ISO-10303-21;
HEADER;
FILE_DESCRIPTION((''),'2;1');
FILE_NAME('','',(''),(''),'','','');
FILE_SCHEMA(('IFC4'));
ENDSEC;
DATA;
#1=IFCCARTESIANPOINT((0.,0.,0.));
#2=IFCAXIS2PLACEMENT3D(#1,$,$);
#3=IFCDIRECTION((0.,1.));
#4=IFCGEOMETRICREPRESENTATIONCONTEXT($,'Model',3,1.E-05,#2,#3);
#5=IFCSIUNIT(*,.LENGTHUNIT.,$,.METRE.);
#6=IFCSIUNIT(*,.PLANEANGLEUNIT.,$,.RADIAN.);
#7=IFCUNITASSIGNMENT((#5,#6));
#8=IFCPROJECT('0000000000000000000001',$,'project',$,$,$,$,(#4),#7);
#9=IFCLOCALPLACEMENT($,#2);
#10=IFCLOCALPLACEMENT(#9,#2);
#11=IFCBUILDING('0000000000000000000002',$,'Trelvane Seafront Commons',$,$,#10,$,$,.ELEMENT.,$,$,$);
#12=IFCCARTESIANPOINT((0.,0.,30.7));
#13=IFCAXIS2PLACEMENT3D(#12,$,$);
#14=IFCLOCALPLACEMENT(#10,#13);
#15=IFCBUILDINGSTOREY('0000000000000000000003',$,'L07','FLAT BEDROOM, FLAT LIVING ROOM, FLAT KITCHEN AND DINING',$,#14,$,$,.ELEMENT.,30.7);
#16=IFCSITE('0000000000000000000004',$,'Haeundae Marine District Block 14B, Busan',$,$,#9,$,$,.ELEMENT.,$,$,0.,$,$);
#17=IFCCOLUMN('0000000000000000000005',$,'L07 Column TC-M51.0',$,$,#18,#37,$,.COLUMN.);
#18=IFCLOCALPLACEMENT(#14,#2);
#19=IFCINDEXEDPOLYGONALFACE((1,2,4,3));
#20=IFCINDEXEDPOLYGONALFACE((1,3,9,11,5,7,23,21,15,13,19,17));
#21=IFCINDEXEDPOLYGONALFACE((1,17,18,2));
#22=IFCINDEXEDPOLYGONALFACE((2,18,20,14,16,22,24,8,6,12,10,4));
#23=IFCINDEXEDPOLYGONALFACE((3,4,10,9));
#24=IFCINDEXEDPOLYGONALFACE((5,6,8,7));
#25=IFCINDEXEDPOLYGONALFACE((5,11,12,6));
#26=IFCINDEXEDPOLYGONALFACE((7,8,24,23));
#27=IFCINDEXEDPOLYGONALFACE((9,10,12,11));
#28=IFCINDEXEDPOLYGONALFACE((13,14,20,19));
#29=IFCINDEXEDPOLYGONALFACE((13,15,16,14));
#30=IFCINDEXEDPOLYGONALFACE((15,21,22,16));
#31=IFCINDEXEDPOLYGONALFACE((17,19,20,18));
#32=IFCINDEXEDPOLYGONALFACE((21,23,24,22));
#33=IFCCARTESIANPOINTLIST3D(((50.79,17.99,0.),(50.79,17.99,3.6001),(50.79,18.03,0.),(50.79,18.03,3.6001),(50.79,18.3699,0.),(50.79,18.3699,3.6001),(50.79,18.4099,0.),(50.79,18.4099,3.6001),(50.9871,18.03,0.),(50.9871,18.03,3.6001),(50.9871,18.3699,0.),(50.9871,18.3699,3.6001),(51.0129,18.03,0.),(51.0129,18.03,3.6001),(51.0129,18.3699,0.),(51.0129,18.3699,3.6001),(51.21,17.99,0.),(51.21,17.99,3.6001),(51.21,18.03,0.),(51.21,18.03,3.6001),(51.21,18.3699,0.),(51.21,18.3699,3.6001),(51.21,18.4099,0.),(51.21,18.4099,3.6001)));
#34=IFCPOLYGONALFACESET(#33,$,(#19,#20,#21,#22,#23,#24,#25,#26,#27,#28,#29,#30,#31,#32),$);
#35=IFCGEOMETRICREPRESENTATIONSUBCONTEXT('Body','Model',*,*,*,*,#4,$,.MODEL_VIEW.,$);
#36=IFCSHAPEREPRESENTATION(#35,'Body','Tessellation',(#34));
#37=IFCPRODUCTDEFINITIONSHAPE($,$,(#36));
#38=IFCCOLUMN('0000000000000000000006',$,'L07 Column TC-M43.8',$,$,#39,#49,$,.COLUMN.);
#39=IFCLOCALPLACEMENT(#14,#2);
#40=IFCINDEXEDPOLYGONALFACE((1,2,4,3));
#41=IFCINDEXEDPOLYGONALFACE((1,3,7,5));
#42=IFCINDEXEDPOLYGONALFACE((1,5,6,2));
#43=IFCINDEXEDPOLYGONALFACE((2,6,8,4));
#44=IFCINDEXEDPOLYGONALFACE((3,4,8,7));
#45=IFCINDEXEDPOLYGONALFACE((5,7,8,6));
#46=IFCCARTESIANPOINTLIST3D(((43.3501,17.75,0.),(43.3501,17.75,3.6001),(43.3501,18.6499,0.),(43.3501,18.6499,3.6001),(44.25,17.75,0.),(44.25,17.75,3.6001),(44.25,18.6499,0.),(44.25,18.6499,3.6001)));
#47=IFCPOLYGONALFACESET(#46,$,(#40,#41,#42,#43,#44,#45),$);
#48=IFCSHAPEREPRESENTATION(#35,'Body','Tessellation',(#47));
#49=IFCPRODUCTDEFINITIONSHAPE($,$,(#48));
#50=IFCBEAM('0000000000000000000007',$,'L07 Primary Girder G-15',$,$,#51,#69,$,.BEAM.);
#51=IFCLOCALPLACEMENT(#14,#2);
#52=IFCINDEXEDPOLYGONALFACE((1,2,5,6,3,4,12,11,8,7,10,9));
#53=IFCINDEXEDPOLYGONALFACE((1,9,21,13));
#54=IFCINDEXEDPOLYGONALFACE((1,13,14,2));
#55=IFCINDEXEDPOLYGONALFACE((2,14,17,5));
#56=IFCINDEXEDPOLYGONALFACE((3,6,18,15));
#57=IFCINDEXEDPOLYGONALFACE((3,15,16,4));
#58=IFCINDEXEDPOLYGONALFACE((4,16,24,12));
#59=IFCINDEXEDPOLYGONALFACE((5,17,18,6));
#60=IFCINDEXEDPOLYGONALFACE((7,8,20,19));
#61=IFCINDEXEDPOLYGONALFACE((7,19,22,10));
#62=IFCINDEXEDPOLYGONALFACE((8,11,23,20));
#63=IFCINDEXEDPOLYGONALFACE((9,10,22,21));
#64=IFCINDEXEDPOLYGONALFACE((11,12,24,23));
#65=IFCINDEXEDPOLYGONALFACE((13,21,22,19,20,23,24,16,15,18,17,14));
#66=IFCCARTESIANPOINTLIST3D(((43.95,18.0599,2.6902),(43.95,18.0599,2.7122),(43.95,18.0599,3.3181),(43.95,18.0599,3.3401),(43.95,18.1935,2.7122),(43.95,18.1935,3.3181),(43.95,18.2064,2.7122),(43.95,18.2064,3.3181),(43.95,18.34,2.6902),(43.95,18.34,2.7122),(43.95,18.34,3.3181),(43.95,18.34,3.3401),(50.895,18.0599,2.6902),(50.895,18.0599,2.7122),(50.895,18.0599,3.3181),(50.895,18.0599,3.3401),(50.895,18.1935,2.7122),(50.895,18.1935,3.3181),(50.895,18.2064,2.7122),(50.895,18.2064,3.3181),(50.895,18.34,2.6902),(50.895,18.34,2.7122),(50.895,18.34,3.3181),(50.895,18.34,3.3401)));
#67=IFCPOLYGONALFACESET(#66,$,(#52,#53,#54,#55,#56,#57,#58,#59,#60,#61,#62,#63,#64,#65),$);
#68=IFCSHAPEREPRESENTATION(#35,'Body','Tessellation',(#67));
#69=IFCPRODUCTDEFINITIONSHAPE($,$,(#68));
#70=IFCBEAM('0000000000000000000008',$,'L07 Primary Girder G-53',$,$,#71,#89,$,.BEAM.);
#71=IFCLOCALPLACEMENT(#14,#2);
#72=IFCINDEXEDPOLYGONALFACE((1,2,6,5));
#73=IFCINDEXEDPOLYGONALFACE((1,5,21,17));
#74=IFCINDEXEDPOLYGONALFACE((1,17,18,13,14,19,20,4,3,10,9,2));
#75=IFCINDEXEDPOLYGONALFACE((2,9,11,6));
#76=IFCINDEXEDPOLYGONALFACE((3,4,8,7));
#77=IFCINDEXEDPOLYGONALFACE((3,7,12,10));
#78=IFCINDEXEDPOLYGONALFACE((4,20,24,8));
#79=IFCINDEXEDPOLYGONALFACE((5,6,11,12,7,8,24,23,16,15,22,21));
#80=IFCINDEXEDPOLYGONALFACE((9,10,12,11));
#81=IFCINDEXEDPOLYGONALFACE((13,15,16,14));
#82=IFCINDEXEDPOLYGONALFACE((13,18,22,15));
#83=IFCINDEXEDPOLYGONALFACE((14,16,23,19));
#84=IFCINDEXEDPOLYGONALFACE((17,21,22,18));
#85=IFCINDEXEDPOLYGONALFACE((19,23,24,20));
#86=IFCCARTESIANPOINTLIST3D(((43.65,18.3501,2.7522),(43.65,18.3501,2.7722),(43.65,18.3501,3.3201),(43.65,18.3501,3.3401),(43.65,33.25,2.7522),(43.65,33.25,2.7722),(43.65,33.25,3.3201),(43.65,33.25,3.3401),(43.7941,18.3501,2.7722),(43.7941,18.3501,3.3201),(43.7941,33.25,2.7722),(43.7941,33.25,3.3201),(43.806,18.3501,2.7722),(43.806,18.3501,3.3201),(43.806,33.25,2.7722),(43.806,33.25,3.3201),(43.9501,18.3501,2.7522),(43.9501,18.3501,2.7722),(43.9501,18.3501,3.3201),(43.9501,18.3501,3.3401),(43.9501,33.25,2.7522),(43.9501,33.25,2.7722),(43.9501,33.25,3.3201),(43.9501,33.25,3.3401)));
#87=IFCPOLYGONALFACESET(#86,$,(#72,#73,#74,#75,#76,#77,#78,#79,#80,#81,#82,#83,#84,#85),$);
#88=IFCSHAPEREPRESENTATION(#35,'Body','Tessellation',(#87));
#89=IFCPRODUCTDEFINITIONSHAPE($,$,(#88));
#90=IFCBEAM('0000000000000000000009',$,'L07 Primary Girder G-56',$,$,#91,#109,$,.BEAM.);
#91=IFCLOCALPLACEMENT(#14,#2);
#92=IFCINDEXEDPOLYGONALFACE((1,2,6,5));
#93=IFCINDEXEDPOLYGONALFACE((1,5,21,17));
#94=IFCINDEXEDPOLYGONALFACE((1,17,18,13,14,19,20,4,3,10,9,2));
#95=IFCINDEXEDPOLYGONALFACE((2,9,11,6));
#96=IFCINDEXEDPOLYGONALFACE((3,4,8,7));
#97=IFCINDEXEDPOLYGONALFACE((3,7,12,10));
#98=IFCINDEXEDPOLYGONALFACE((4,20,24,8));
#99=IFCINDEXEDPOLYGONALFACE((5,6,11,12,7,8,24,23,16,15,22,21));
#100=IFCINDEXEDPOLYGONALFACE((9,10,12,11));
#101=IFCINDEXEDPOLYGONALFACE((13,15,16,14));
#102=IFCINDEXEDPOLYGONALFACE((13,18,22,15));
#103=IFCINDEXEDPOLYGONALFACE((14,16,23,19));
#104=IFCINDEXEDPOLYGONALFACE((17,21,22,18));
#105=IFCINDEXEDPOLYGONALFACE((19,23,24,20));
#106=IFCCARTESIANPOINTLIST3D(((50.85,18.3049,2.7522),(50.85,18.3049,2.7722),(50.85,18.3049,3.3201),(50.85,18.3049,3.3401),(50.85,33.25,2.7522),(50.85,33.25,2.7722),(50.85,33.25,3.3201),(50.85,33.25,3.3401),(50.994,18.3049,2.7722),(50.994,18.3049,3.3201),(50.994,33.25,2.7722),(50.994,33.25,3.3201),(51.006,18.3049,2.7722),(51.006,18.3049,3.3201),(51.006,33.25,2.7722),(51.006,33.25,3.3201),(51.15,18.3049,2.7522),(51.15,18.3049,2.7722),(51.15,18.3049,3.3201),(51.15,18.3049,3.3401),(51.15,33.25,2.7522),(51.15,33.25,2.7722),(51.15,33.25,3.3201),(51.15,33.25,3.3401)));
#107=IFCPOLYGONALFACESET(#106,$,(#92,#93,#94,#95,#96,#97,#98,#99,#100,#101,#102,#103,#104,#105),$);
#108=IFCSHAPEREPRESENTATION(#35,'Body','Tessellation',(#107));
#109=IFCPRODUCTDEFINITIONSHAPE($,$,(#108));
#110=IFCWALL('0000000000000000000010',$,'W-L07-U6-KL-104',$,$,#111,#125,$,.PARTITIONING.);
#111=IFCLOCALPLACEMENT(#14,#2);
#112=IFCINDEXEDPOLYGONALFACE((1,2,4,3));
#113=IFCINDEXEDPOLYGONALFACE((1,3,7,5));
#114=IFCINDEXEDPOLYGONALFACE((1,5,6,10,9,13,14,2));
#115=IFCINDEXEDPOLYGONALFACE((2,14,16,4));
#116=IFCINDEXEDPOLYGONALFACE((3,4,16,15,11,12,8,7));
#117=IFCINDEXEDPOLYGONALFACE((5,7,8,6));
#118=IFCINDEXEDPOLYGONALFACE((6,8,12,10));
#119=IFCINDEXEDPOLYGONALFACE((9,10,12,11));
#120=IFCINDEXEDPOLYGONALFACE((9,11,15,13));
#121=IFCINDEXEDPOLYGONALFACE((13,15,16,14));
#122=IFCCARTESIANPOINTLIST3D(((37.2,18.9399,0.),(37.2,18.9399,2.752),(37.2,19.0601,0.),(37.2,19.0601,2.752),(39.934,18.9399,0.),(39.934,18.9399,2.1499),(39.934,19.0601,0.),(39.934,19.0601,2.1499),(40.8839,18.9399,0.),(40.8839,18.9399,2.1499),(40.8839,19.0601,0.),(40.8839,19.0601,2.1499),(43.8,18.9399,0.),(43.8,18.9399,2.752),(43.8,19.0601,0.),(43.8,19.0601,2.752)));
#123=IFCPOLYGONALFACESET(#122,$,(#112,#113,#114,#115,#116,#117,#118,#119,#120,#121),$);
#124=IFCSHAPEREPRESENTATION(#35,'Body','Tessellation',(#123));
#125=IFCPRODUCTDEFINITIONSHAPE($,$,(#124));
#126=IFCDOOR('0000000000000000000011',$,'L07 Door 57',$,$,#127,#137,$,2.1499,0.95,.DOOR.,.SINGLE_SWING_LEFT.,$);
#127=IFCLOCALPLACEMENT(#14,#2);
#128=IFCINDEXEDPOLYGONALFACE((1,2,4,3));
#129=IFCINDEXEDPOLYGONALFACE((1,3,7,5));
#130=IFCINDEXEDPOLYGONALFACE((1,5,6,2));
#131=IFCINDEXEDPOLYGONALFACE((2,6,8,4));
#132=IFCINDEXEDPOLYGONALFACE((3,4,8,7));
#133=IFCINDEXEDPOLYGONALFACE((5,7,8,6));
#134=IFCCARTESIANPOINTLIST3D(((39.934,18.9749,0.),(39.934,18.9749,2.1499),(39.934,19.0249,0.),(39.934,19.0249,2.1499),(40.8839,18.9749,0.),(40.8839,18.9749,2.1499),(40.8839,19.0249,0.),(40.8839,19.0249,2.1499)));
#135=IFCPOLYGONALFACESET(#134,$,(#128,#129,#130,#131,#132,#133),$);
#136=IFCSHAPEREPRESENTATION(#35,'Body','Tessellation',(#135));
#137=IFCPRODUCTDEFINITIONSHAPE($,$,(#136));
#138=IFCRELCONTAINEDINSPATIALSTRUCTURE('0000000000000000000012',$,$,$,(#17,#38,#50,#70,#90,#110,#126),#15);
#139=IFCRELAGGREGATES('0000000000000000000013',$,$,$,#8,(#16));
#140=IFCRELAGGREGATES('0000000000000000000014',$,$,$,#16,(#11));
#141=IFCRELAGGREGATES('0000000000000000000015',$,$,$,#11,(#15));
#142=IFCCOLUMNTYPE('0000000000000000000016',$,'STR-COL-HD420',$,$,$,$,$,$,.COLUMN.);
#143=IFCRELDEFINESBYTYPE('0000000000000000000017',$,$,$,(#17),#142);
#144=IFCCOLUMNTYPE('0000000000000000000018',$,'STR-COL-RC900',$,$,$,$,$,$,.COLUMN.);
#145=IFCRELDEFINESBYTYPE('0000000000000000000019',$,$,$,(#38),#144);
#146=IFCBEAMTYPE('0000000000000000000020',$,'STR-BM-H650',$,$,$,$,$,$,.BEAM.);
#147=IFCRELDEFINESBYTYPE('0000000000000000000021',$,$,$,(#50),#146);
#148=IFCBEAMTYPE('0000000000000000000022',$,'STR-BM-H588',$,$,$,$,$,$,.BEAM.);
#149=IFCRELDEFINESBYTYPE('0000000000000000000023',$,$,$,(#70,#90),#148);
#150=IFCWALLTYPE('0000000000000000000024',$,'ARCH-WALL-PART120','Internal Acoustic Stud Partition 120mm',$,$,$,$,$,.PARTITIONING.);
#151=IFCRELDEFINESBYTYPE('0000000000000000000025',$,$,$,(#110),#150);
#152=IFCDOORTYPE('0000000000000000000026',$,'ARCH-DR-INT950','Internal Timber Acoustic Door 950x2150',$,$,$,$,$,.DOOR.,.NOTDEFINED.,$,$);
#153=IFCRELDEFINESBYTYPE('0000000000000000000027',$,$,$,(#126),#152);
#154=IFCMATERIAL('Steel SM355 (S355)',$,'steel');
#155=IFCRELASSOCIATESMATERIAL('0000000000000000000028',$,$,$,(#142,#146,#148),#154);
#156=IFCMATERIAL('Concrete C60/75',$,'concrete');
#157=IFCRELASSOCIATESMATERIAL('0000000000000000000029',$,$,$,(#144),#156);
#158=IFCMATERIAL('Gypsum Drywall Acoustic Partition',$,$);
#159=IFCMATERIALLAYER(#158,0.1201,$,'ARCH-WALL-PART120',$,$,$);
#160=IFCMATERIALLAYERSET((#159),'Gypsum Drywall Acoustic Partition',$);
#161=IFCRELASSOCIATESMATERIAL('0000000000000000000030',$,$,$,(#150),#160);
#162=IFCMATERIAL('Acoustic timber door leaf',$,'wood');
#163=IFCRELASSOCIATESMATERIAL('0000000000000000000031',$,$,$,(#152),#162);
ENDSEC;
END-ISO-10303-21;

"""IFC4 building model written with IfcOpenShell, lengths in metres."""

from ifc_helpers import new_model, si_unit, direction, frame, frame_2d, origin, origin_2d, place, context, subcontext, project, spatial, rectangle, i_section, extrude, source, transform, mapped, material, layer, layer_set, material_profile, profile_set, type_object, element, fill, save


model = new_model("IFC4")

# Units and contexts
model_context = context("Model", 3, precision=1e-05, world=origin(), true_north=direction((0.0, 1.0)))
body_context = subcontext(model_context, "Body", "Model", "MODEL_VIEW")
ifc_project = project(units=[si_unit("LENGTHUNIT", "METRE"), si_unit("PLANEANGLEUNIT", "RADIAN")], contexts=[model_context])

# Site, building, storey
site_placement = place(None, origin())
site = spatial("IfcSite", under=ifc_project, at=site_placement, Name="Haeundae Marine District Block 14B, Busan", CompositionType="ELEMENT", RefElevation=0.0)
building_placement = place(site_placement, origin())
building = spatial("IfcBuilding", under=site, at=building_placement, Name="Trelvane Seafront Commons", CompositionType="ELEMENT")
storey_placement = place(building_placement, frame((0.0, 0.0, 30.7)))
storey = spatial("IfcBuildingStorey", under=building, at=storey_placement, Name="L07", Description="FLAT BEDROOM, FLAT LIVING ROOM, FLAT KITCHEN AND DINING", CompositionType="ELEMENT", Elevation=30.7)

# Columns
ifc_material_1 = material(Name="Steel SM355 (S355)", Category="steel")
ifc_material_profile_1 = material_profile(ifc_material_1, i_section(OverallWidth=0.4199, OverallDepth=0.4199, WebThickness=0.0259, FlangeThickness=0.04, at=origin_2d()), Name="HD-420x420x26x40")
ifc_profile_set_1 = profile_set([ifc_material_profile_1], Name="Steel SM355 (S355)")
column_type_1 = type_object("IfcColumnType", Name="STR-COL-HD420", PredefinedType="COLUMN", material=ifc_profile_set_1)
shared_shape_1 = source(origin(), body_context, "Body", "SweptSolid", [
    extrude(i_section(OverallWidth=0.4199, OverallDepth=0.4199, WebThickness=0.0259, FlangeThickness=0.04, at=origin_2d()), origin(), (0.0, 0.0, 1.0), 3.6001),
])
column_1_placement = place(storey_placement, frame((51.0, 18.2, 0.0), z_axis=(0.0, 0.0, 1.0), x_axis=(1.0, 0.0, 0.0)))
element("IfcColumn", 1, at=column_1_placement, inside=storey, type_object=column_type_1, Name="L07 Column TC-M51.0", PredefinedType="COLUMN", context=body_context, shape_type="MappedRepresentation", body=[
    mapped(shared_shape_1, transform((0.0, 0.0, 0.0), x_axis=(1.0, 0.0, 0.0), y_axis=(0.0, 1.0, 0.0), z_axis=(0.0, 0.0, 1.0), scale=1.0)),
])
ifc_material_2 = material(Name="Concrete C60/75", Category="concrete")
ifc_material_profile_2 = material_profile(ifc_material_2, rectangle(XDim=0.8999, YDim=0.8999, at=origin_2d()), Name="RC-900x900")
ifc_profile_set_2 = profile_set([ifc_material_profile_2], Name="Concrete C60/75")
column_type_2 = type_object("IfcColumnType", Name="STR-COL-RC900", PredefinedType="COLUMN", material=ifc_profile_set_2)
shared_shape_2 = source(origin(), body_context, "Body", "SweptSolid", [
    extrude(rectangle(XDim=0.8999, YDim=0.8999, at=origin_2d()), origin(), (0.0, 0.0, 1.0), 3.6001),
])
column_2_placement = place(storey_placement, frame((43.8, 18.2, 0.0), z_axis=(0.0, 0.0, 1.0), x_axis=(1.0, 0.0, 0.0)))
element("IfcColumn", 2, at=column_2_placement, inside=storey, type_object=column_type_2, Name="L07 Column TC-M43.8", PredefinedType="COLUMN", context=body_context, shape_type="MappedRepresentation", body=[
    mapped(shared_shape_2, transform((0.0, 0.0, 0.0), x_axis=(1.0, 0.0, 0.0), y_axis=(0.0, 1.0, 0.0), z_axis=(0.0, 0.0, 1.0), scale=1.0)),
])

# Beams
ifc_material_profile_3 = material_profile(ifc_material_1, i_section(OverallWidth=0.28, OverallDepth=0.6499, WebThickness=0.0129, FlangeThickness=0.022, at=origin_2d()), Name="H-650x280x13x22")
ifc_profile_set_3 = profile_set([ifc_material_profile_3], Name="Steel SM355 (S355)")
beam_type_1 = type_object("IfcBeamType", Name="STR-BM-H650", PredefinedType="BEAM", material=ifc_profile_set_3)
shared_shape_3 = source(origin(), body_context, "Body", "SweptSolid", [
    extrude(i_section(OverallWidth=0.28, OverallDepth=0.6499, WebThickness=0.0129, FlangeThickness=0.022, at=origin_2d()), origin(), (0.0, 0.0, 1.0), 6.9451),
])
beam_1_placement = place(storey_placement, frame((43.95, 18.2, 3.0151), z_axis=(1.0, 0.0, 0.0), x_axis=(0.0, 1.0, 0.0)))
element("IfcBeam", 3, at=beam_1_placement, inside=storey, type_object=beam_type_1, Name="L07 Primary Girder G-15", PredefinedType="BEAM", context=body_context, shape_type="MappedRepresentation", body=[
    mapped(shared_shape_3, transform((0.0, 0.0, 0.0), x_axis=(1.0, 0.0, 0.0), y_axis=(0.0, 1.0, 0.0), z_axis=(0.0, 0.0, 1.0), scale=1.0)),
])
ifc_material_profile_4 = material_profile(ifc_material_1, i_section(OverallWidth=0.3, OverallDepth=0.5879, WebThickness=0.012, FlangeThickness=0.02, at=origin_2d()), Name="H-588x300x12x20")
ifc_profile_set_4 = profile_set([ifc_material_profile_4], Name="Steel SM355 (S355)")
beam_type_2 = type_object("IfcBeamType", Name="STR-BM-H588", PredefinedType="BEAM", material=ifc_profile_set_4)
shared_shape_4 = source(origin(), body_context, "Body", "SweptSolid", [
    extrude(i_section(OverallWidth=0.3, OverallDepth=0.5879, WebThickness=0.012, FlangeThickness=0.02, at=origin_2d()), origin(), (0.0, 0.0, 1.0), 14.8999),
])
beam_2_placement = place(storey_placement, frame((43.8, 18.3501, 3.0461), z_axis=(0.0, 1.0, 0.0), x_axis=(-1.0, 0.0, 0.0)))
element("IfcBeam", 4, at=beam_2_placement, inside=storey, type_object=beam_type_2, Name="L07 Primary Girder G-53", PredefinedType="BEAM", context=body_context, shape_type="MappedRepresentation", body=[
    mapped(shared_shape_4, transform((0.0, 0.0, 0.0), x_axis=(1.0, 0.0, 0.0), y_axis=(0.0, 1.0, 0.0), z_axis=(0.0, 0.0, 1.0), scale=1.0)),
])
shared_shape_5 = source(origin(), body_context, "Body", "SweptSolid", [
    extrude(i_section(OverallWidth=0.3, OverallDepth=0.5879, WebThickness=0.012, FlangeThickness=0.02, at=origin_2d()), origin(), (0.0, 0.0, 1.0), 14.9451),
])
beam_3_placement = place(storey_placement, frame((51.0, 18.3049, 3.0461), z_axis=(0.0, 1.0, 0.0), x_axis=(-1.0, 0.0, 0.0)))
element("IfcBeam", 5, at=beam_3_placement, inside=storey, type_object=beam_type_2, Name="L07 Primary Girder G-56", PredefinedType="BEAM", context=body_context, shape_type="MappedRepresentation", body=[
    mapped(shared_shape_5, transform((0.0, 0.0, 0.0), x_axis=(1.0, 0.0, 0.0), y_axis=(0.0, 1.0, 0.0), z_axis=(0.0, 0.0, 1.0), scale=1.0)),
])

# Wall, opening, door
ifc_material_3 = material(Name="Gypsum Drywall Acoustic Partition")
ifc_layer = layer(ifc_material_3, 0.1201, Name="ARCH-WALL-PART120")
ifc_layer_set = layer_set([ifc_layer], Name="Gypsum Drywall Acoustic Partition")
wall_type = type_object("IfcWallType", Name="ARCH-WALL-PART120", Description="Internal Acoustic Stud Partition 120mm", PredefinedType="PARTITIONING", material=ifc_layer_set)
wall_1_placement = place(storey_placement, frame((37.2, 19.0, 0.0), z_axis=(0.0, 0.0, 1.0), x_axis=(1.0, 0.0, 0.0)))
wall_1 = element("IfcWall", 6, at=wall_1_placement, inside=storey, type_object=wall_type, Name="W-L07-U6-KL-104", PredefinedType="PARTITIONING", context=body_context, shape_type="SweptSolid", body=[
    extrude(rectangle(XDim=6.6001, YDim=0.1201, at=frame_2d((3.3, 0.0))), origin(), (0.0, 0.0, 1.0), 2.752),
])
opening_1_placement = place(wall_1_placement, frame((2.7339, 0.0, 0.0)))
opening_1 = element("IfcOpeningElement", 7, at=opening_1_placement, cuts=wall_1, PredefinedType="OPENING", context=body_context, shape_type="SweptSolid", body=[
    extrude(rectangle(XDim=0.95, YDim=2.1499, at=frame_2d((0.4751, 1.075))), frame((0.0, 0.0701, 0.0), z_axis=(0.0, -1.0, 0.0), x_axis=(1.0, 0.0, 0.0)), (0.0, 0.0, 1.0), 0.1401),
])
ifc_material_4 = material(Name="Acoustic timber door leaf", Category="wood")
door_type_1 = type_object("IfcDoorType", Name="ARCH-DR-INT950", Description="Internal Timber Acoustic Door 950x2150", OperationType="NOTDEFINED", PredefinedType="DOOR", material=ifc_material_4)
shared_shape_6 = source(origin(), body_context, "Body", "SweptSolid", [
    extrude(rectangle(XDim=0.95, YDim=2.1499, at=frame_2d((0.4751, 1.075))), frame((0.0, 0.0249, 0.0), z_axis=(0.0, -1.0, 0.0), x_axis=(1.0, 0.0, 0.0)), (0.0, 0.0, 1.0), 0.05),
])
door_1_placement = place(opening_1_placement, origin())
door_1 = element("IfcDoor", 8, at=door_1_placement, inside=storey, type_object=door_type_1, Name="L07 Door 57", OperationType="SINGLE_SWING_LEFT", OverallHeight=2.1499, OverallWidth=0.95, PredefinedType="DOOR", context=body_context, shape_type="MappedRepresentation", body=[
    mapped(shared_shape_6, transform((0.0, 0.0, 0.0), x_axis=(1.0, 0.0, 0.0), y_axis=(0.0, 1.0, 0.0), z_axis=(0.0, 0.0, 1.0), scale=1.0)),
])
fill(opening_1, door_1)

save(model, "model.ifc")
